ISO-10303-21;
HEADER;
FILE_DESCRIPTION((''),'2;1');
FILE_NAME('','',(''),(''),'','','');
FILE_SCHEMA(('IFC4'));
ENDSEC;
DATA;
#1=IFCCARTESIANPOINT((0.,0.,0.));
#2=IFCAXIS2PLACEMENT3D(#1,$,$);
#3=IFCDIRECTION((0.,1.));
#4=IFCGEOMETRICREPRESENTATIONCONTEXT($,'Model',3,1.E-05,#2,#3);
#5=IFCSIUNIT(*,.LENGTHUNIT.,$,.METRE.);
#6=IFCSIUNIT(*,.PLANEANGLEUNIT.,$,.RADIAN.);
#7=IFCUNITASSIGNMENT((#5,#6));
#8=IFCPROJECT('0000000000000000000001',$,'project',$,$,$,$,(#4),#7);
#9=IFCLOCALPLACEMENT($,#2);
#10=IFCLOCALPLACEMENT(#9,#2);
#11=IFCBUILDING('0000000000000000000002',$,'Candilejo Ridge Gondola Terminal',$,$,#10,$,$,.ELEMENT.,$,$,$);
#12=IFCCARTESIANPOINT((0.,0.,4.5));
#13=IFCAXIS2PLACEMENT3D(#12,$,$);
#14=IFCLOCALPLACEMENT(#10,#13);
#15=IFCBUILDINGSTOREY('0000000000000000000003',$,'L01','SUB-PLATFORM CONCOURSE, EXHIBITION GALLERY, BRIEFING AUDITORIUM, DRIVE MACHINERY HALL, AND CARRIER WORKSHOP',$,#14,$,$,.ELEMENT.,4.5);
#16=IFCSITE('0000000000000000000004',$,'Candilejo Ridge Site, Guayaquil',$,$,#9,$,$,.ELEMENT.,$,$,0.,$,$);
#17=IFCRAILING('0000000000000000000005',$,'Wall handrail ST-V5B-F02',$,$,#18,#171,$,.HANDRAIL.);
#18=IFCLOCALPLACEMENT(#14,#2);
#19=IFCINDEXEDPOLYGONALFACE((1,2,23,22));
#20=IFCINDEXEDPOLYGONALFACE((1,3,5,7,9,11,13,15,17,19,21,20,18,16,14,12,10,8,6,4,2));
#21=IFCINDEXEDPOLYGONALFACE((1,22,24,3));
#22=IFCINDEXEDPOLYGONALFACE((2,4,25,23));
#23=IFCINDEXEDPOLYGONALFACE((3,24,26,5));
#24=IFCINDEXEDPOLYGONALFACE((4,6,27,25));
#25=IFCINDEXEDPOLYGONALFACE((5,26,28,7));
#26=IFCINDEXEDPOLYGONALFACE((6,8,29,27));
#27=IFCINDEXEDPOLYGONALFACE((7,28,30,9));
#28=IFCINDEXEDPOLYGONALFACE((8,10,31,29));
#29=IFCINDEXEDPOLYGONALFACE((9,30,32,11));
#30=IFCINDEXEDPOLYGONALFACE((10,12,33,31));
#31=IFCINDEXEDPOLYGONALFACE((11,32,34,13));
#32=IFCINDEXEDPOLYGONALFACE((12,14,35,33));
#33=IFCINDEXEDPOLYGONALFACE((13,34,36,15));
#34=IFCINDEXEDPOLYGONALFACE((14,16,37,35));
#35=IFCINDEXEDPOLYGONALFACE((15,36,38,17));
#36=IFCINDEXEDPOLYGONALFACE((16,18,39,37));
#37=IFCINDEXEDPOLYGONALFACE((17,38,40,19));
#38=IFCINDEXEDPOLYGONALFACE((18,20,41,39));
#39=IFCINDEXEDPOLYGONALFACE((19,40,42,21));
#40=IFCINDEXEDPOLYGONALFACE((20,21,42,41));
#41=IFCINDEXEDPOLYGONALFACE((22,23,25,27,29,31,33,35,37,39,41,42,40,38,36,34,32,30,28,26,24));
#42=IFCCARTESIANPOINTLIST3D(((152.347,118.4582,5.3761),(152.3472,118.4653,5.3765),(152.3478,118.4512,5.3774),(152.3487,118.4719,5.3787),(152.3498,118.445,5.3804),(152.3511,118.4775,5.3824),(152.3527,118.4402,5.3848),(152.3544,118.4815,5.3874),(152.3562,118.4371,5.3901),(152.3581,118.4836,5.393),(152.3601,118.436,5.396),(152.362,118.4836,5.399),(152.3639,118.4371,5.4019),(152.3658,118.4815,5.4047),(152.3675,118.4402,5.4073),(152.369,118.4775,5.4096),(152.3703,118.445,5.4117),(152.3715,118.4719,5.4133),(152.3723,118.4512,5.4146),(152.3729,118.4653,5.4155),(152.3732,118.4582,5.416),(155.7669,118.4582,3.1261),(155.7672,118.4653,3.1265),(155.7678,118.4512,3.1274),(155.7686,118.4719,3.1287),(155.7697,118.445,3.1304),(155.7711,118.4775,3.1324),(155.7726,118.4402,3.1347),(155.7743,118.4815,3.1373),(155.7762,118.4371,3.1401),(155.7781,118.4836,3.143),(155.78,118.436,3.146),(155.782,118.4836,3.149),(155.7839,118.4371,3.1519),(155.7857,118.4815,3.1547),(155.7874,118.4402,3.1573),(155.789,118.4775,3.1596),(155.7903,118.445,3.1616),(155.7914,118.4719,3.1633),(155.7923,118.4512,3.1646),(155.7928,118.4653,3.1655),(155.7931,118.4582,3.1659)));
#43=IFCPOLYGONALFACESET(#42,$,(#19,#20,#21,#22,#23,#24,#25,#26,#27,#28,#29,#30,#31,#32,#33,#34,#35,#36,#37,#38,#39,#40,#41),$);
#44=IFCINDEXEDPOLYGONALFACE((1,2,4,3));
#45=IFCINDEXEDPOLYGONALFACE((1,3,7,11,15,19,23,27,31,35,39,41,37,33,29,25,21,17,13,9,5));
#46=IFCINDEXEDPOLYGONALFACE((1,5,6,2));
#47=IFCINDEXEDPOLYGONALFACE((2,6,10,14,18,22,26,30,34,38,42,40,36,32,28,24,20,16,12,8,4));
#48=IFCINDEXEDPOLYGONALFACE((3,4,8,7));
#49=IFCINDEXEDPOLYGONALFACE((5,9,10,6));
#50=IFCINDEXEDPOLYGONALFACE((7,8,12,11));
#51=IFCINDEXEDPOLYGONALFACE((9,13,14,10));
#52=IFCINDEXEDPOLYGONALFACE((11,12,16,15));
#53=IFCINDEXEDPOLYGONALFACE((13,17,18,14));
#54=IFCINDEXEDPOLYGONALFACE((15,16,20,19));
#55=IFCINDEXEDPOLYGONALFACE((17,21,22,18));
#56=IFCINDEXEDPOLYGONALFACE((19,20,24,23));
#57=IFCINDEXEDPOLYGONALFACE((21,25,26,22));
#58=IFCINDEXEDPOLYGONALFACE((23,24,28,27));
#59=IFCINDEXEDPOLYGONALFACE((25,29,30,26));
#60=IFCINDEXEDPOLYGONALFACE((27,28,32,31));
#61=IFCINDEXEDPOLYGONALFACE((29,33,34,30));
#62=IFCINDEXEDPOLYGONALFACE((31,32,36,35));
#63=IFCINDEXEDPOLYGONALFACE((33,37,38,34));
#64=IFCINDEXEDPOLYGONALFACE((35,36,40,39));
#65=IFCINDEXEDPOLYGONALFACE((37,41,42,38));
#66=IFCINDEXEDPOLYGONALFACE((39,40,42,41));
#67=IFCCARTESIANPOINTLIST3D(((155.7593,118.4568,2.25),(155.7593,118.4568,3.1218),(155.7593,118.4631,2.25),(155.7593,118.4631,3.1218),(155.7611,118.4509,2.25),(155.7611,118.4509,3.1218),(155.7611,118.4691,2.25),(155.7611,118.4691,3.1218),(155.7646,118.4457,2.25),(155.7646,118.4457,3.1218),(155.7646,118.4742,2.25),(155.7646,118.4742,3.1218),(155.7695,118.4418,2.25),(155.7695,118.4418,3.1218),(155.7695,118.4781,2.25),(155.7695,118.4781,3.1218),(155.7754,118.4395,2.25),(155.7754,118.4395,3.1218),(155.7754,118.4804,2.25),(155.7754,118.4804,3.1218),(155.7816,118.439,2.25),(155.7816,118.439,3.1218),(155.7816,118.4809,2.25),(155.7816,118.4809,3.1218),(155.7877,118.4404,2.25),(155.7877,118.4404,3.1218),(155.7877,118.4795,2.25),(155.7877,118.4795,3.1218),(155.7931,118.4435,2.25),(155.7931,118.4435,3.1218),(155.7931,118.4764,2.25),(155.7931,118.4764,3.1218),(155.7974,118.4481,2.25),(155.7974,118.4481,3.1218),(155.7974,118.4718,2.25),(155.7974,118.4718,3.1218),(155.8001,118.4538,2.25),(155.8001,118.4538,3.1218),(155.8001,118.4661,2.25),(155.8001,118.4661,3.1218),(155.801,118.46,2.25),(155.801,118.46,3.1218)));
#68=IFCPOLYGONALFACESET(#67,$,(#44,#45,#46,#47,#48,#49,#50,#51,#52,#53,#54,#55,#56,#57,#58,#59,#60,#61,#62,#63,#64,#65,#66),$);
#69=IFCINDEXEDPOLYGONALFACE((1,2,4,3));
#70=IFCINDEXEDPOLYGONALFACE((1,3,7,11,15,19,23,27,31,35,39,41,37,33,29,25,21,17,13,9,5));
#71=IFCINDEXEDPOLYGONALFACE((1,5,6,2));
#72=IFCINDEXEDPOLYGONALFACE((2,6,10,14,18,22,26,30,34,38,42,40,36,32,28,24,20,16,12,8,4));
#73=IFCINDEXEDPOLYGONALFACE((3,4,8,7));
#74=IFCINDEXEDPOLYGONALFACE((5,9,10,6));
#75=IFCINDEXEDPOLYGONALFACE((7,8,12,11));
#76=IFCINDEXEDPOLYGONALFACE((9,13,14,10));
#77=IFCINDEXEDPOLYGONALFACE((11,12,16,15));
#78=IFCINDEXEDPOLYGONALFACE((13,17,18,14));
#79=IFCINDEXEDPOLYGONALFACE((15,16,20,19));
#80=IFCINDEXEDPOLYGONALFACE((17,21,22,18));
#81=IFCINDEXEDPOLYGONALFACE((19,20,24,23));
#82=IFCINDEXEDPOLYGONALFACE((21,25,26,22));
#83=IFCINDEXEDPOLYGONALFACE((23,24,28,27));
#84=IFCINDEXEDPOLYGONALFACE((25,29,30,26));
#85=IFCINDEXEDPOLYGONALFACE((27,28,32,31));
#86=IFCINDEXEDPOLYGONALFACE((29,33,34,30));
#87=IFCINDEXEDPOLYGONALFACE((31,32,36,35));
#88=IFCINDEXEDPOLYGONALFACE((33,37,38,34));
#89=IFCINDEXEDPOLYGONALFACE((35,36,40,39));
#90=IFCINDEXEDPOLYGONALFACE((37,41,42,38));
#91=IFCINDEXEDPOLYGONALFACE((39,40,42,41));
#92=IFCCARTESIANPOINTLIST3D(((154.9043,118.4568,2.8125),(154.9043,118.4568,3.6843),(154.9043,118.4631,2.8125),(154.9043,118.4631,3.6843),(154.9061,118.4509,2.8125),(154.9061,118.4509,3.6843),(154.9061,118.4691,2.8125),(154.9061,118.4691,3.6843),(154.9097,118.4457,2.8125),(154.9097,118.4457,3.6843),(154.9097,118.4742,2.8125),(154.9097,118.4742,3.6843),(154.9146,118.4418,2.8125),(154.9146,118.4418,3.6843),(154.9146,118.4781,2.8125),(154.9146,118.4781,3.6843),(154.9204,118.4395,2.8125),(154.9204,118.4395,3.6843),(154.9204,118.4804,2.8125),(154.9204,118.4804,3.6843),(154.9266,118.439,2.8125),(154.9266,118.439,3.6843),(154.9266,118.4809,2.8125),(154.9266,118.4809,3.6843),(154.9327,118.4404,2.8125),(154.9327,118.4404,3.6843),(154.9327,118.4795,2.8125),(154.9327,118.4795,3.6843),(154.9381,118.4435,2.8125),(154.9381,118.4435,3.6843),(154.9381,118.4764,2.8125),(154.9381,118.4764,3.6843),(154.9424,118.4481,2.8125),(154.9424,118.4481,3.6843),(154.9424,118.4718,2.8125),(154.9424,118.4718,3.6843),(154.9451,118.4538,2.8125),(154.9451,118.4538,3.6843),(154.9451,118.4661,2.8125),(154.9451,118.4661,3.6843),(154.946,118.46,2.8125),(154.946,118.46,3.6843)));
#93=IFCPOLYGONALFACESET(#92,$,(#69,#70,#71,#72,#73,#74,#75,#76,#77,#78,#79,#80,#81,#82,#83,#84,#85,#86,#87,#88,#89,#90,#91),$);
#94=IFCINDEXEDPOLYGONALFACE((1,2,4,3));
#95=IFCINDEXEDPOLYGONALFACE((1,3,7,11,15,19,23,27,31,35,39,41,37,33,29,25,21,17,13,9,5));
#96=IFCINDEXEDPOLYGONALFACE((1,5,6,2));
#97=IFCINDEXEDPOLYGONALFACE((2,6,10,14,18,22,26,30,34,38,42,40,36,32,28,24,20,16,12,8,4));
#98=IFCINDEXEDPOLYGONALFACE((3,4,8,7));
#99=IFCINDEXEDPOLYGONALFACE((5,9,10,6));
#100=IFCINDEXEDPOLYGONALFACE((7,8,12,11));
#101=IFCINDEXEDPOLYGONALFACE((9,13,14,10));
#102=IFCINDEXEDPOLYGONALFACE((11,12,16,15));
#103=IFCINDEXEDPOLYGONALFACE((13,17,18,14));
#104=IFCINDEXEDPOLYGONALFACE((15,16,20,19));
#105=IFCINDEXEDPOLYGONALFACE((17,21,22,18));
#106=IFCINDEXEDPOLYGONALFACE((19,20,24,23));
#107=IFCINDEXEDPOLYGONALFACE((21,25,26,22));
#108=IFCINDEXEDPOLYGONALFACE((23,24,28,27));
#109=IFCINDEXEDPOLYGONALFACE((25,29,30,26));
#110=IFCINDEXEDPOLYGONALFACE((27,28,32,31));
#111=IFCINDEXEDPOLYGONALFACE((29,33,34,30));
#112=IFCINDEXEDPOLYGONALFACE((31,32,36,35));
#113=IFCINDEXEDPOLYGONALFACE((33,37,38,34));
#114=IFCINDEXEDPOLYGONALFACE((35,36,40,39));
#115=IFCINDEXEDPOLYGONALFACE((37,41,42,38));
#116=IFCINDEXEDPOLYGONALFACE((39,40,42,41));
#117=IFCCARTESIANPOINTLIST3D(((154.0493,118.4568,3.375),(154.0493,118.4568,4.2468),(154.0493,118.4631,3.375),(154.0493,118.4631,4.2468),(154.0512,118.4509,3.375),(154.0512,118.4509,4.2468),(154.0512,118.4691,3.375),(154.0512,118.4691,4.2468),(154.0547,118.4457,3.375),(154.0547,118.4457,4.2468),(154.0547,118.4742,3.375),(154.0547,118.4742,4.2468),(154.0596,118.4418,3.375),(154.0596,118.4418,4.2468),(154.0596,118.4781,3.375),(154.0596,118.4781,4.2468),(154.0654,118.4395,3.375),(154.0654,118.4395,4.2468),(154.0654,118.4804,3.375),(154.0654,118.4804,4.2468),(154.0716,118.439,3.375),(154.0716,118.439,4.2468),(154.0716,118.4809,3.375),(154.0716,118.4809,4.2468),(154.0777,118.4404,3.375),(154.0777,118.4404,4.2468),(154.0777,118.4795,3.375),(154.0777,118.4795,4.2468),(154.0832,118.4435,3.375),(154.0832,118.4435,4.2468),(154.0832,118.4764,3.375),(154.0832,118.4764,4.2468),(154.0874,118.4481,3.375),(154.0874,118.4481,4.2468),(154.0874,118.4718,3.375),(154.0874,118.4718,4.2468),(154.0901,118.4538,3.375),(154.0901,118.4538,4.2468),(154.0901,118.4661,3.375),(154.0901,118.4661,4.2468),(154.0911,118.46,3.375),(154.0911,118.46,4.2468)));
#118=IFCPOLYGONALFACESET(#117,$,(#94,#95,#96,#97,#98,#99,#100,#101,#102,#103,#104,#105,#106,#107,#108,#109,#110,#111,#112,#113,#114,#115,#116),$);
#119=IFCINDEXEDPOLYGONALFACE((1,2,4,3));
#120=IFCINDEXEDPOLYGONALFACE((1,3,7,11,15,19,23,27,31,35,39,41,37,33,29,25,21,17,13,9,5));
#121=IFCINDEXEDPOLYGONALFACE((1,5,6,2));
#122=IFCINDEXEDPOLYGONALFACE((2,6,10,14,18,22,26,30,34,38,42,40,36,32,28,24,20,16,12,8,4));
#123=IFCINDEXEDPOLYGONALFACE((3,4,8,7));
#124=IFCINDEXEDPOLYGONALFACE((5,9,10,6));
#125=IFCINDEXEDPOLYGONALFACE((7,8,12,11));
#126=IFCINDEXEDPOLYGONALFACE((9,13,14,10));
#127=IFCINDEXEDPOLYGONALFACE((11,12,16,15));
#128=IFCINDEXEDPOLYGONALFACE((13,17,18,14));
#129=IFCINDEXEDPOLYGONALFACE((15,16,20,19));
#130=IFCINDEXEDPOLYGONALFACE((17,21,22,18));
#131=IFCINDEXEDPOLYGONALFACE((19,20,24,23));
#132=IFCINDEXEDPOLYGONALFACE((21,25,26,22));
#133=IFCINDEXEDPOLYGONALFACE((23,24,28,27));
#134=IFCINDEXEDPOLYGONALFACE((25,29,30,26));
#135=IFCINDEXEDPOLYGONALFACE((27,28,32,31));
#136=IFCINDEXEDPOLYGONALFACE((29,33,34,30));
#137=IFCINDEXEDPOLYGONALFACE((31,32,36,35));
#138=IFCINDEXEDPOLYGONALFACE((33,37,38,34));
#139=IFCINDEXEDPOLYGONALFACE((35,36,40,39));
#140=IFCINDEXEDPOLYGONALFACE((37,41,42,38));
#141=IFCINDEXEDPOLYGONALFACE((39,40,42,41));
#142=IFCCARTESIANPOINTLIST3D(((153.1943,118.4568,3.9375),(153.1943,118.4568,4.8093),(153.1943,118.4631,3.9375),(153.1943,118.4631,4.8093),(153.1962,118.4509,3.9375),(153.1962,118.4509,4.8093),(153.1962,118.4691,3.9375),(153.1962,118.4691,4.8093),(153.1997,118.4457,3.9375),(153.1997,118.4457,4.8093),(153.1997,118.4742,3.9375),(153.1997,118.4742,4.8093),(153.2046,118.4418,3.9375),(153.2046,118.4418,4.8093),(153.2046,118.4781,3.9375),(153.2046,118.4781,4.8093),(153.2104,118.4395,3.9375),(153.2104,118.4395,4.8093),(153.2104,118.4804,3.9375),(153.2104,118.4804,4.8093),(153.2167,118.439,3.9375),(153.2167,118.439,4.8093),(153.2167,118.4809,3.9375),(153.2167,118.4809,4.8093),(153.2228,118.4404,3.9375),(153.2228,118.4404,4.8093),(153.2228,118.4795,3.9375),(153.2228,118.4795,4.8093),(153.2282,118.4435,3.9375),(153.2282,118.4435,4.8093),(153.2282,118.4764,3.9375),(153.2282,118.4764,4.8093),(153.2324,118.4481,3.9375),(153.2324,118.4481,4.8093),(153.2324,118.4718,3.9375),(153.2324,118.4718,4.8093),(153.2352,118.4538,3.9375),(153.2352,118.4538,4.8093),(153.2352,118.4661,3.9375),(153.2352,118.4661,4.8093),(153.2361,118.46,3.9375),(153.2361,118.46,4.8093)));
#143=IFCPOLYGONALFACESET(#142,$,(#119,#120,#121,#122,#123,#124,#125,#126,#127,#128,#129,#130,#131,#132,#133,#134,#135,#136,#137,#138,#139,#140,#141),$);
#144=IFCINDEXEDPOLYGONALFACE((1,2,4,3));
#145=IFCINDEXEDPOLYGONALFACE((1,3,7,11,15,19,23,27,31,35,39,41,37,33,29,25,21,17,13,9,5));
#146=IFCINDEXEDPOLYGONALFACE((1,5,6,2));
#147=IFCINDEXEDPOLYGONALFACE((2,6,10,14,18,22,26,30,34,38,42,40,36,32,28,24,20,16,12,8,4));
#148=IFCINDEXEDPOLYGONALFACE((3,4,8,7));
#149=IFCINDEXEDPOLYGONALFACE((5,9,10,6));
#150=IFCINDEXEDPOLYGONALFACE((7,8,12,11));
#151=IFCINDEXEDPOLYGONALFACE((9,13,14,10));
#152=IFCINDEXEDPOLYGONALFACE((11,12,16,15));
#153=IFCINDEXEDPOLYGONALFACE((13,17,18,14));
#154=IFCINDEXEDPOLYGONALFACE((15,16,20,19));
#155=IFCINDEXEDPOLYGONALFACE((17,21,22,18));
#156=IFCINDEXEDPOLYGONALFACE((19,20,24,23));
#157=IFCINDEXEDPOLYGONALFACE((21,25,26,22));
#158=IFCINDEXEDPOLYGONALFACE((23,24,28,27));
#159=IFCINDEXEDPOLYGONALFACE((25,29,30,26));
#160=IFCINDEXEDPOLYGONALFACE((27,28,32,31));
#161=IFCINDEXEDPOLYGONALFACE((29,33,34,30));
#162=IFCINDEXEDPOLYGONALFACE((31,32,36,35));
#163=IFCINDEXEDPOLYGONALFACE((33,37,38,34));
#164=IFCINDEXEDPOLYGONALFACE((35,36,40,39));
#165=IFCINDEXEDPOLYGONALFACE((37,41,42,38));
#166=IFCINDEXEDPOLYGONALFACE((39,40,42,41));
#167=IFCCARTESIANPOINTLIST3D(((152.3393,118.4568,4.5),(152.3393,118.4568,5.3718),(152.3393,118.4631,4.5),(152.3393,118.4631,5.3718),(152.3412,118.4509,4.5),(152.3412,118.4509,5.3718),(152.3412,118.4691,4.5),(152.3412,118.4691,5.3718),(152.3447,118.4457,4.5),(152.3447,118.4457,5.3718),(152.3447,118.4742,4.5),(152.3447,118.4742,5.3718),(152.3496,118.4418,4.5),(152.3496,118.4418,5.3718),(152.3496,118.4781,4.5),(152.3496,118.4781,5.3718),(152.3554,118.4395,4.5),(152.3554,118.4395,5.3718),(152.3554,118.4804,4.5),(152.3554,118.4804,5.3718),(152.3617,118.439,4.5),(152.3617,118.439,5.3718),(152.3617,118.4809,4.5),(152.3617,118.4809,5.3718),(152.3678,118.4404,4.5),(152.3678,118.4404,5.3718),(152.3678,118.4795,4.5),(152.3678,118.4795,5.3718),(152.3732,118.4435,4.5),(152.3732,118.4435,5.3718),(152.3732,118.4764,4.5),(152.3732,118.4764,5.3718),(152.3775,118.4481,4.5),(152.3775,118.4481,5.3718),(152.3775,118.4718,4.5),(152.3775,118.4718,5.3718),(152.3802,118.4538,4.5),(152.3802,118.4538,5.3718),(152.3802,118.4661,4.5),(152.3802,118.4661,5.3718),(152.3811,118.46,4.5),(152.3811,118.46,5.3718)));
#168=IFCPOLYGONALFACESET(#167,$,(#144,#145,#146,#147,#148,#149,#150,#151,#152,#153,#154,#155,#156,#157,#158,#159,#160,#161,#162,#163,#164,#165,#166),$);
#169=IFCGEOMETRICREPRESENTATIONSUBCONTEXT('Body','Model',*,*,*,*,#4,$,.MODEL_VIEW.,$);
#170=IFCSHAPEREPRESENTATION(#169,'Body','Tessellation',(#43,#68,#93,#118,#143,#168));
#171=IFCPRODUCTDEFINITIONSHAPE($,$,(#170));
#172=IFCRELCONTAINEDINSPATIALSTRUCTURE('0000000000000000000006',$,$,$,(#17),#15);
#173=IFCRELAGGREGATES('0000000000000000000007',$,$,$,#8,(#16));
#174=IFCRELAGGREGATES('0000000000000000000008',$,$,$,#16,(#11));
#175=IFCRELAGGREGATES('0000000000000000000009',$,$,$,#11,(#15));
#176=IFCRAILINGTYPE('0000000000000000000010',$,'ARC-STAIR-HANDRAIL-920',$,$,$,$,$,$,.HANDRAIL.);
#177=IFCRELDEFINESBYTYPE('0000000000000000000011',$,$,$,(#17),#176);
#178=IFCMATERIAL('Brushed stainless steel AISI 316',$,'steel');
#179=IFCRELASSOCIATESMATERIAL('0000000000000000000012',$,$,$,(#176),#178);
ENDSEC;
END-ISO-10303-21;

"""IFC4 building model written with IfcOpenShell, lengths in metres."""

from ifc_helpers import new_model, si_unit, direction, frame, origin, origin_2d, place, context, subcontext, project, spatial, circle, extrude, material, type_object, element, save


model = new_model("IFC4")

# Units and contexts
model_context = context("Model", 3, precision=1e-05, world=origin(), true_north=direction((0.0, 1.0)))
body_context = subcontext(model_context, "Body", "Model", "MODEL_VIEW")
ifc_project = project(units=[si_unit("LENGTHUNIT", "METRE"), si_unit("PLANEANGLEUNIT", "RADIAN")], contexts=[model_context])

# Site, building, storey
site_placement = place(None, origin())
site = spatial("IfcSite", under=ifc_project, at=site_placement, Name="Candilejo Ridge Site, Guayaquil", CompositionType="ELEMENT", RefElevation=0.0)
building_placement = place(site_placement, origin())
building = spatial("IfcBuilding", under=site, at=building_placement, Name="Candilejo Ridge Gondola Terminal", CompositionType="ELEMENT")
storey_placement = place(building_placement, frame((0.0, 0.0, 4.5)))
storey = spatial("IfcBuildingStorey", under=building, at=storey_placement, Name="L01", Description="SUB-PLATFORM CONCOURSE, EXHIBITION GALLERY, BRIEFING AUDITORIUM, DRIVE MACHINERY HALL, AND CARRIER WORKSHOP", CompositionType="ELEMENT", Elevation=4.5)

# Railing
ifc_material_1 = material(Name="Brushed stainless steel AISI 316", Category="steel")
railing_type_1 = type_object("IfcRailingType", Name="ARC-STAIR-HANDRAIL-920", PredefinedType="HANDRAIL", material=ifc_material_1)
railing_1_placement = place(storey_placement, frame((155.78, 118.46, 2.25)))
element("IfcRailing", 1, at=railing_1_placement, inside=storey, type_object=railing_type_1, Name="Wall handrail ST-V5B-F02", PredefinedType="HANDRAIL", context=body_context, shape_type="SweptSolid", body=[
    extrude(circle(Radius=0.0239, at=origin_2d()), frame((0.0, 0.0, 0.896), z_axis=(-0.835411, 0.0, 0.549625), x_axis=(0.0, -1.0, 0.0)), (0.0, 0.0, 1.0), 4.0938),
    extrude(circle(Radius=0.021, at=origin_2d()), origin(), (0.0, 0.0, 1.0), 0.8718),
    extrude(circle(Radius=0.021, at=origin_2d()), frame((-0.855, 0.0, 0.5625)), (0.0, 0.0, 1.0), 0.8718),
    extrude(circle(Radius=0.021, at=origin_2d()), frame((-1.71, 0.0, 1.125)), (0.0, 0.0, 1.0), 0.8718),
    extrude(circle(Radius=0.021, at=origin_2d()), frame((-2.5649, 0.0, 1.6875)), (0.0, 0.0, 1.0), 0.8718),
    extrude(circle(Radius=0.021, at=origin_2d()), frame((-3.4199, 0.0, 2.25)), (0.0, 0.0, 1.0), 0.8718),
])

save(model, "model.ifc")
